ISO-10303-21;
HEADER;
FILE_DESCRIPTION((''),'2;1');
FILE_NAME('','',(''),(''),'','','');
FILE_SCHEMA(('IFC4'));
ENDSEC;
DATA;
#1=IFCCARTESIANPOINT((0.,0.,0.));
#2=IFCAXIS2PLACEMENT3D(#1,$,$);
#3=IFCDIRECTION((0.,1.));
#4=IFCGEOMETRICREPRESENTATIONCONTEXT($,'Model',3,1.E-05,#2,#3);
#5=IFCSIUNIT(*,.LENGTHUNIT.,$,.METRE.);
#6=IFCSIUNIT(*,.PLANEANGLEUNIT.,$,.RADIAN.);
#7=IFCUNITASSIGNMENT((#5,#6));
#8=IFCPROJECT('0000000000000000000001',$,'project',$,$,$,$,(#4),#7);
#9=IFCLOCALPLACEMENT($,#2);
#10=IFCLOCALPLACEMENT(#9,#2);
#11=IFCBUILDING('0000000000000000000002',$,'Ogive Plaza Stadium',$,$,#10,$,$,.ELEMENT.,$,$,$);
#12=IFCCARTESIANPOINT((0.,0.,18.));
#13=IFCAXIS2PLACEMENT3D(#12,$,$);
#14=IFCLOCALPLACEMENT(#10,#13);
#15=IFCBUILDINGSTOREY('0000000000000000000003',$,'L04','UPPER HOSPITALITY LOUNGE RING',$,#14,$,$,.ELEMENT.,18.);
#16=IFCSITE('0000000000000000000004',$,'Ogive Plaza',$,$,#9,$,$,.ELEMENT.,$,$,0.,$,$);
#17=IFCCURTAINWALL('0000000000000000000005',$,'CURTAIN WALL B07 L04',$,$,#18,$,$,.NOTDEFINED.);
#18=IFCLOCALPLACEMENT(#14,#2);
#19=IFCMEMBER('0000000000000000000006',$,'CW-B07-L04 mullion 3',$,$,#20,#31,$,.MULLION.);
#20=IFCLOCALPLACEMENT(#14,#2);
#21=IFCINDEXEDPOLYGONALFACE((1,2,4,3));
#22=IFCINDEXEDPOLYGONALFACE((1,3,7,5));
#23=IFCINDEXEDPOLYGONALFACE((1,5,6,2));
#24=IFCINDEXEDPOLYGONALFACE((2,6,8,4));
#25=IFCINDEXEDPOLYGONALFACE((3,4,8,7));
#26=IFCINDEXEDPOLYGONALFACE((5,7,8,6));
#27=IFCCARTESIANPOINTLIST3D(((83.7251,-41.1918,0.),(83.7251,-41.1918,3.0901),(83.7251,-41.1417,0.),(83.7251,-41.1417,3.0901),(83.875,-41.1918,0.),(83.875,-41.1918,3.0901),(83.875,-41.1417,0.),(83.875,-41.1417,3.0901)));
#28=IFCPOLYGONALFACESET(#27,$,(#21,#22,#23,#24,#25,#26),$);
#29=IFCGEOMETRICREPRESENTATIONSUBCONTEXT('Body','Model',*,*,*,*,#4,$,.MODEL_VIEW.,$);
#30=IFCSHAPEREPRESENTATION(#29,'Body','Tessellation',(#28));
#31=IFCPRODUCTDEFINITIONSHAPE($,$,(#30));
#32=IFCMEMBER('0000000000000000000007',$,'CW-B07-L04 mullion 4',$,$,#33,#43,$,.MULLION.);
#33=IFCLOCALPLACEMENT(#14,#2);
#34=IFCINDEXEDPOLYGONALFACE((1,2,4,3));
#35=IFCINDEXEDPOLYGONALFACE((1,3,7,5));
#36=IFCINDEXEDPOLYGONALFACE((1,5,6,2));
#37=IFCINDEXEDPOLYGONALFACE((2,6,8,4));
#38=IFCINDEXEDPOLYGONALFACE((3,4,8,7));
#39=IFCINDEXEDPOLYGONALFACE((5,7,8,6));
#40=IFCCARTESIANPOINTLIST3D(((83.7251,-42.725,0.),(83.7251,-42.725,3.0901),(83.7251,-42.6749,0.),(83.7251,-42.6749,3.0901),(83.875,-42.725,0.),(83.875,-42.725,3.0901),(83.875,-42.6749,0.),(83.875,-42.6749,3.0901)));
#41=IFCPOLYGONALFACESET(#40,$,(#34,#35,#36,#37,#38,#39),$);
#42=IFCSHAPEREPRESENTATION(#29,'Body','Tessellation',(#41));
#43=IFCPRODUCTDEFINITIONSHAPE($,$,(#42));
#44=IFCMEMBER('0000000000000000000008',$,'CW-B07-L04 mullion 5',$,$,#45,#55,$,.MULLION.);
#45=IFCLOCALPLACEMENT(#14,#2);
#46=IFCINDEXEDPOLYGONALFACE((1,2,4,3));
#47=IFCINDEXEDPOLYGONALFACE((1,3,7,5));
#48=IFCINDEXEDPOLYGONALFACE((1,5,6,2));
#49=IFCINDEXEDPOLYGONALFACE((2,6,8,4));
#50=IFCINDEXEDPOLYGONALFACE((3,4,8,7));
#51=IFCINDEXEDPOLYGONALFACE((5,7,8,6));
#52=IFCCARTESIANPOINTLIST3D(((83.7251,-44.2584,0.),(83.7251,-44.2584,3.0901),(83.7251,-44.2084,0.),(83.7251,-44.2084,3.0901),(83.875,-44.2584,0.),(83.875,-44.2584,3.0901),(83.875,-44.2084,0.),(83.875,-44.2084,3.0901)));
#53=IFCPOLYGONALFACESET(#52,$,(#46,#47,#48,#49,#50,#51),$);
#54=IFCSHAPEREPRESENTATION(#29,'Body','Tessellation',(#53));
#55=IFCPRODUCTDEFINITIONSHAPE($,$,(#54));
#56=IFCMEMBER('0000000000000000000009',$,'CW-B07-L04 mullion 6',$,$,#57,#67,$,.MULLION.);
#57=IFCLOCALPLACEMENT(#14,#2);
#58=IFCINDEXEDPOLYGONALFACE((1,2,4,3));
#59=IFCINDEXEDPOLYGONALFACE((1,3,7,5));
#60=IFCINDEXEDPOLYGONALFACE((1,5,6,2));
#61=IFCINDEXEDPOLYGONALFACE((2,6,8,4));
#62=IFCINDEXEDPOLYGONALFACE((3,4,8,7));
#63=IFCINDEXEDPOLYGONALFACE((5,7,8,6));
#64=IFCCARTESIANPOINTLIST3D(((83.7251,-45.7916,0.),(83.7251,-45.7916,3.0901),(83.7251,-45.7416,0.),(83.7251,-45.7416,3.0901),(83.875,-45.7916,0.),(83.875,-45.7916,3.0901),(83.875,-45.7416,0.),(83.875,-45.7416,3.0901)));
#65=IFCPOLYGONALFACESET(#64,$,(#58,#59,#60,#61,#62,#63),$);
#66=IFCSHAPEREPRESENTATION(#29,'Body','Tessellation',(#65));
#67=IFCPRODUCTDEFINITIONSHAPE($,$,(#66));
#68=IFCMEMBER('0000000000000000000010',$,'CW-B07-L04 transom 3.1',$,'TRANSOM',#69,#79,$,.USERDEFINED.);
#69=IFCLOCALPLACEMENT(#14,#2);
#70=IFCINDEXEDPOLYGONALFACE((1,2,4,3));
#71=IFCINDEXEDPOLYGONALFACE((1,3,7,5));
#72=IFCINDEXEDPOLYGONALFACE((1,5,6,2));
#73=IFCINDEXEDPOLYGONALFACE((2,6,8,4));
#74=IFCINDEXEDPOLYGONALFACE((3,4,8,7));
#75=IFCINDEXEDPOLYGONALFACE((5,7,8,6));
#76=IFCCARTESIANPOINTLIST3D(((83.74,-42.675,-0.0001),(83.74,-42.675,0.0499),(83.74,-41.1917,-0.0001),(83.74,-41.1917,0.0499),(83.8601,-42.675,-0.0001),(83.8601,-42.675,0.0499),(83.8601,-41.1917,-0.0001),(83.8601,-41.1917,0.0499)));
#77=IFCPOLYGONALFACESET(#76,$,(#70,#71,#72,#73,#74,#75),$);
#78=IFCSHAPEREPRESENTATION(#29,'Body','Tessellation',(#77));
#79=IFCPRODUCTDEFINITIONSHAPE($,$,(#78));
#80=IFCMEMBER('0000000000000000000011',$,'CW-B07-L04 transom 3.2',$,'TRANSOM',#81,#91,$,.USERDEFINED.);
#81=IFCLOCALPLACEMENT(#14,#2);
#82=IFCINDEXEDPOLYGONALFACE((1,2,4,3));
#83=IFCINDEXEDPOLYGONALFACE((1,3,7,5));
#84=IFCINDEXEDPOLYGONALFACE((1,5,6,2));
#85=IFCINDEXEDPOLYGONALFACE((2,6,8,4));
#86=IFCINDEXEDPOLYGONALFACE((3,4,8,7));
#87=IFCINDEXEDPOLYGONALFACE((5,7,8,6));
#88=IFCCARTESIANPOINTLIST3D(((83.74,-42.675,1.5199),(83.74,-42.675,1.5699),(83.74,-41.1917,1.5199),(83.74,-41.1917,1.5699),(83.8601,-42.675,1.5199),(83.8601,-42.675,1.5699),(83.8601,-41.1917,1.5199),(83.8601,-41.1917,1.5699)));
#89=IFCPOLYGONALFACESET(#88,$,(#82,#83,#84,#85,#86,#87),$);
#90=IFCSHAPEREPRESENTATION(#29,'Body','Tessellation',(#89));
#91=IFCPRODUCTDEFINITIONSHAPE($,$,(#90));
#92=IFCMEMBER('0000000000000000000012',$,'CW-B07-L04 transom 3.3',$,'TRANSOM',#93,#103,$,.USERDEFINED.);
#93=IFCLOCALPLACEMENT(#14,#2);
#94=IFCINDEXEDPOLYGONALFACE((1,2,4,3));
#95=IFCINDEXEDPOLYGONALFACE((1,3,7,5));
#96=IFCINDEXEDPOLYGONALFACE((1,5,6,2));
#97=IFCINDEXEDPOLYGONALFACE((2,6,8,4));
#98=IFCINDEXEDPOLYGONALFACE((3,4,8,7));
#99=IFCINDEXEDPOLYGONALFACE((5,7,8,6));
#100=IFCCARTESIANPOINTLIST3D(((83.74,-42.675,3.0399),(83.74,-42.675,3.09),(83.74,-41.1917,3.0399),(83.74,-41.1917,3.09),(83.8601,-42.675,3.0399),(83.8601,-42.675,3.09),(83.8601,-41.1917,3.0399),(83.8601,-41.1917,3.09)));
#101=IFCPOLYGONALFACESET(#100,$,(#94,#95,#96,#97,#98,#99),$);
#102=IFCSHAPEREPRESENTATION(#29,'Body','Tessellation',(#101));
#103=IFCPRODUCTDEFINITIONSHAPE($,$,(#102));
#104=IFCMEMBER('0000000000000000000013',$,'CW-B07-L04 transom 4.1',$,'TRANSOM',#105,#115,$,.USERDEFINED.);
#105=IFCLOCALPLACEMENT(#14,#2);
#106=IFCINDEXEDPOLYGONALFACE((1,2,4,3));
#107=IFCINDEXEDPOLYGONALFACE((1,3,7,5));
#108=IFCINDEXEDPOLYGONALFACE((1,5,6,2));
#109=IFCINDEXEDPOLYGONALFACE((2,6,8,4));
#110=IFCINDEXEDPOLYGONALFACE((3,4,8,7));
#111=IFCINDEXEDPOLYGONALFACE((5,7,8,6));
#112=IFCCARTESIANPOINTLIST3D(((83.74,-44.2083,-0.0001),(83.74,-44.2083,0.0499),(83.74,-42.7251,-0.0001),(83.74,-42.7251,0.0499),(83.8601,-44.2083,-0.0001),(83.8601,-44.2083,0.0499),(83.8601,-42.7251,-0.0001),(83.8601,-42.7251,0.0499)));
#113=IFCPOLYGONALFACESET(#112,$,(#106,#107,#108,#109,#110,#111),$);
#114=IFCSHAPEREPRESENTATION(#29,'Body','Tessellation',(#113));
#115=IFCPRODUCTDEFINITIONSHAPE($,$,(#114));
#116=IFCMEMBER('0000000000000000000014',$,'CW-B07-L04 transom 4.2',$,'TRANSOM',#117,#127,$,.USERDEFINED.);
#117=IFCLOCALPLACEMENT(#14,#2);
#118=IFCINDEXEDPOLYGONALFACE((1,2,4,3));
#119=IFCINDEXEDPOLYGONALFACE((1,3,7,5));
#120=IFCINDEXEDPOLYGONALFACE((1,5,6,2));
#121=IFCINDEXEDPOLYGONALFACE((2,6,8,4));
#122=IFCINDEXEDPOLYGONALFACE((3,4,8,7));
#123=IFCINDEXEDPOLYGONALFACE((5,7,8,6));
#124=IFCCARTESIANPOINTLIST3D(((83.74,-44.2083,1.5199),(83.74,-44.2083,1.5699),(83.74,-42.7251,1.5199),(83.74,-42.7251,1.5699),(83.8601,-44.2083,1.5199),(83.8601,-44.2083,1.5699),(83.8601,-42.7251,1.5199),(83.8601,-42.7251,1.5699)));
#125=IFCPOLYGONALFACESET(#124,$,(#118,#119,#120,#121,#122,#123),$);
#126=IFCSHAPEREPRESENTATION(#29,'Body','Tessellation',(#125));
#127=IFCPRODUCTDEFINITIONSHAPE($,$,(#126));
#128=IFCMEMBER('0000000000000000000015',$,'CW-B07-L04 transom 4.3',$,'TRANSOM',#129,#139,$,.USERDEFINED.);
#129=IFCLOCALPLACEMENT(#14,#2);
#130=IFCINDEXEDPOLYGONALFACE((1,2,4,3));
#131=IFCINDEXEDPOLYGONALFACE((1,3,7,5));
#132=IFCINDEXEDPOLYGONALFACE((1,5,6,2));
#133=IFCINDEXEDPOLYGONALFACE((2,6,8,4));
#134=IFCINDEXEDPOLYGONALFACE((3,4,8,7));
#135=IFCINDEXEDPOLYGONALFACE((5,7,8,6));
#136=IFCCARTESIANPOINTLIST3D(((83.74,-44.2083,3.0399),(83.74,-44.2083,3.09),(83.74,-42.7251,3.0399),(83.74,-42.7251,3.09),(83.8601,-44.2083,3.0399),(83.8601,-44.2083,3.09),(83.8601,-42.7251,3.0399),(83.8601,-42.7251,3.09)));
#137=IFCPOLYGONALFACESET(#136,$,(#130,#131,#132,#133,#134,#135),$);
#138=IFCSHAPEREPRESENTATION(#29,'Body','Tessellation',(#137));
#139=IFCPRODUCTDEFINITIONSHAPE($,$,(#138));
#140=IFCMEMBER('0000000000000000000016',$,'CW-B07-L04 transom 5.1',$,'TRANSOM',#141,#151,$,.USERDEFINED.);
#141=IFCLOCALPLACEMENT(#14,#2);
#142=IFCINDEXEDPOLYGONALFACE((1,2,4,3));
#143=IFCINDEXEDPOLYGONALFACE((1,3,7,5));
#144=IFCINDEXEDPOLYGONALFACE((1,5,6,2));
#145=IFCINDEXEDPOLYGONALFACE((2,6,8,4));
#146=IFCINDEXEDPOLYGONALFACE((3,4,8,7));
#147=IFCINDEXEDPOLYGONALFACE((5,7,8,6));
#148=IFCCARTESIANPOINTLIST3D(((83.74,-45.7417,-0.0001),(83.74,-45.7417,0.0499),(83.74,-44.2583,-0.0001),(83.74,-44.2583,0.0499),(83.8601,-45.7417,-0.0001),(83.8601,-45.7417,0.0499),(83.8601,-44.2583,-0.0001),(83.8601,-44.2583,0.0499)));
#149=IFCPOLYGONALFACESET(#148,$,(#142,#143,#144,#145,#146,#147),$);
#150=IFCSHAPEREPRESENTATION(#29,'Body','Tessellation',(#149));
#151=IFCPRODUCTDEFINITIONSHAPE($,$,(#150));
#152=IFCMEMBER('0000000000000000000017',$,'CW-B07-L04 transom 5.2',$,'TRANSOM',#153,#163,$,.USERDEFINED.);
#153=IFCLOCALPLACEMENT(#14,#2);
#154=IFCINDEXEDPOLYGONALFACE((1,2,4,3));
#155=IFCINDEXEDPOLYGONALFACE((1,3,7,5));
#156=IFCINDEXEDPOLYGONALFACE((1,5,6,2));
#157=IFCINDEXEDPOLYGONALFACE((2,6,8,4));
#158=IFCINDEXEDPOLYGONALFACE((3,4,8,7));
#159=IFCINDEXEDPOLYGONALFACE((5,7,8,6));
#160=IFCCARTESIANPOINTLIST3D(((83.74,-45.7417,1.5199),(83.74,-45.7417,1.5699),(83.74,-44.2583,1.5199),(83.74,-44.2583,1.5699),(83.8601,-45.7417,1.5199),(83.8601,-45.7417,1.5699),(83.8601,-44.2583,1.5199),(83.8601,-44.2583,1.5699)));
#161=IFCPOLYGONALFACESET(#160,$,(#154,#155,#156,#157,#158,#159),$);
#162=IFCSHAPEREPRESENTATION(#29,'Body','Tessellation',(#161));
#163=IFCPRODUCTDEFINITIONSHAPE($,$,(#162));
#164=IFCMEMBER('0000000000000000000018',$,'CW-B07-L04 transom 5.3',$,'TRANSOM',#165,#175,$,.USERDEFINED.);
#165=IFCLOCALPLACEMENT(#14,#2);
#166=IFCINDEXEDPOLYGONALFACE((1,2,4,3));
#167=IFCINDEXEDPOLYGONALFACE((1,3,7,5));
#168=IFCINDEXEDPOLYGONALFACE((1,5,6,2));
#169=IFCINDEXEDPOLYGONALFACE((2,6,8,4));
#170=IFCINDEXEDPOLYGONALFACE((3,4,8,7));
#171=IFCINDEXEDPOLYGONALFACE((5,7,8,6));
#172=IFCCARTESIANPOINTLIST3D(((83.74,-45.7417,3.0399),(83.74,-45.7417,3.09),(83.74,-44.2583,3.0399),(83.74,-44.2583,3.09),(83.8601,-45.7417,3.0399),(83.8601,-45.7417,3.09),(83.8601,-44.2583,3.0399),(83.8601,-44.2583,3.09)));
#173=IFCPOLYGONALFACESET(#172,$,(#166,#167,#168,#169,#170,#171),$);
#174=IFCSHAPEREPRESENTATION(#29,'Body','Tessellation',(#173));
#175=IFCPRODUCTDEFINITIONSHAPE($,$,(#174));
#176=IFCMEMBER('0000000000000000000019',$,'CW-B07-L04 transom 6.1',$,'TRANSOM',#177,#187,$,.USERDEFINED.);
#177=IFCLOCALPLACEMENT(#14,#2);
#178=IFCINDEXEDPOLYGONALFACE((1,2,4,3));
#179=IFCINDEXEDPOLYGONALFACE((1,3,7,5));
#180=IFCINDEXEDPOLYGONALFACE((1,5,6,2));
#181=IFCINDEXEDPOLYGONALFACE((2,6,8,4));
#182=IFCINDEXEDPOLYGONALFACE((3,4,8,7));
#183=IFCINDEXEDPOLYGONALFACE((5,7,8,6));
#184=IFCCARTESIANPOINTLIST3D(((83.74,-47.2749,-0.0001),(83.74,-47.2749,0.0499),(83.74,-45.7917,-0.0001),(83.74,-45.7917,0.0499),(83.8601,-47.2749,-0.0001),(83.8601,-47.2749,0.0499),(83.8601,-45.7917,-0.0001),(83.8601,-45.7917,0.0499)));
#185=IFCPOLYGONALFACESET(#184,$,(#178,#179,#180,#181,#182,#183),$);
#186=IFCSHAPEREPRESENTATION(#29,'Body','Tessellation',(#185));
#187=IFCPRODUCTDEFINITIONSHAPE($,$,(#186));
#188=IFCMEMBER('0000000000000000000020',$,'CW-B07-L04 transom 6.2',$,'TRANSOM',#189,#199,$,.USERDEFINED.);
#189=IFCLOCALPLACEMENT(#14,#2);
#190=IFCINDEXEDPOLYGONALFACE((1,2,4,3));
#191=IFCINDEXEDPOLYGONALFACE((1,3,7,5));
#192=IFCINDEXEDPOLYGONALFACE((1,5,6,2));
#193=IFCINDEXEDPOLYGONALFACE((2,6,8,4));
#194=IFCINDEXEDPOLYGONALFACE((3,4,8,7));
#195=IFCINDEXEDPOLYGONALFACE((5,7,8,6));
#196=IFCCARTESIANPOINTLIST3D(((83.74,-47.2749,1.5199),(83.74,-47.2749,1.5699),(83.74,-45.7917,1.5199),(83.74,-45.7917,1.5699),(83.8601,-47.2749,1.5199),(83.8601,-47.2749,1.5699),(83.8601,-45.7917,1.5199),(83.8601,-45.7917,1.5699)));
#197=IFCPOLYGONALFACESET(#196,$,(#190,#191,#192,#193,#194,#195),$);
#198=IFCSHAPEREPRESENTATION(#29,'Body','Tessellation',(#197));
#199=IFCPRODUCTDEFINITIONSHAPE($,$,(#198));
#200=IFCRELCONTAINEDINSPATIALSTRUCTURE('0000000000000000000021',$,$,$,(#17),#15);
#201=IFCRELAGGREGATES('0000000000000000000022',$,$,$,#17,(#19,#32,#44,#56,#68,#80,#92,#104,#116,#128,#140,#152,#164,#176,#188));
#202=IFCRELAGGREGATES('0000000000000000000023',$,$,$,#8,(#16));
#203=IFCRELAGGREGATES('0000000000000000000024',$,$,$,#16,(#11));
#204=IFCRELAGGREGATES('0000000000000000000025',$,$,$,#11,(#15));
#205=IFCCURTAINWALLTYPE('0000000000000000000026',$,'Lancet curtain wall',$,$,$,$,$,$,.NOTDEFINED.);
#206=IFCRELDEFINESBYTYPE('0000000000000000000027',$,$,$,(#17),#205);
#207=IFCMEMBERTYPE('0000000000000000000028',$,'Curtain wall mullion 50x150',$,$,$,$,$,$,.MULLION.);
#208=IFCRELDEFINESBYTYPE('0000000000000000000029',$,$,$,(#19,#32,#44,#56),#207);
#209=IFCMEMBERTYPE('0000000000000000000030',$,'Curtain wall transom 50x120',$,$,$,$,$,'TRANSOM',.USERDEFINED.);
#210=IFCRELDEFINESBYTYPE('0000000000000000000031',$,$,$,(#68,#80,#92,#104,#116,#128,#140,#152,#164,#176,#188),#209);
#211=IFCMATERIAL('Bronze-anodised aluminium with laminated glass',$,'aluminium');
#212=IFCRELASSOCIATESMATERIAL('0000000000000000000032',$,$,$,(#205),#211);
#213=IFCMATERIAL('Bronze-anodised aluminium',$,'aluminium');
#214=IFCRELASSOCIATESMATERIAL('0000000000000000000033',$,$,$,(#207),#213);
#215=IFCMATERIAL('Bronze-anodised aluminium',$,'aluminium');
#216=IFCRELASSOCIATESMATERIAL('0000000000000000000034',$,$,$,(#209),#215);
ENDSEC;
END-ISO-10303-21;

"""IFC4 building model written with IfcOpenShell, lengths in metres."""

from ifc_helpers import new_model, si_unit, direction, frame, origin, origin_2d, place, context, subcontext, project, spatial, rectangle, extrude, material, material_profile, profile_set, type_object, element, aggregate, save


model = new_model("IFC4")

# Units and contexts
model_context = context("Model", 3, precision=1e-05, world=origin(), true_north=direction((0.0, 1.0)))
body_context = subcontext(model_context, "Body", "Model", "MODEL_VIEW")
ifc_project = project(units=[si_unit("LENGTHUNIT", "METRE"), si_unit("PLANEANGLEUNIT", "RADIAN")], contexts=[model_context])

# Site, building, storey
site_placement = place(None, origin())
site = spatial("IfcSite", under=ifc_project, at=site_placement, Name="Ogive Plaza", CompositionType="ELEMENT", RefElevation=0.0)
building_placement = place(site_placement, origin())
building = spatial("IfcBuilding", under=site, at=building_placement, Name="Ogive Plaza Stadium", CompositionType="ELEMENT")
storey_placement = place(building_placement, frame((0.0, 0.0, 18.0)))
storey = spatial("IfcBuildingStorey", under=building, at=storey_placement, Name="L04", Description="UPPER HOSPITALITY LOUNGE RING", CompositionType="ELEMENT", Elevation=18.0)

# Curtain wall, members
ifc_material_1 = material(Name="Bronze-anodised aluminium with laminated glass", Category="aluminium")
curtain_wall_type = type_object("IfcCurtainWallType", Name="Lancet curtain wall", PredefinedType="NOTDEFINED", material=ifc_material_1)
curtain_wall_placement = place(storey_placement, origin())
curtain_wall = element("IfcCurtainWall", 1, at=curtain_wall_placement, inside=storey, type_object=curtain_wall_type, Name="CURTAIN WALL B07 L04", PredefinedType="NOTDEFINED")
ifc_material_2 = material(Name="Bronze-anodised aluminium", Category="aluminium")
ifc_material_profile_1 = material_profile(ifc_material_2, rectangle(XDim=0.1499, YDim=0.05, at=origin_2d()), Name="AL 150x50")
ifc_profile_set_1 = profile_set([ifc_material_profile_1], Name="Bronze-anodised aluminium")
member_type_1 = type_object("IfcMemberType", Name="Curtain wall mullion 50x150", PredefinedType="MULLION", material=ifc_profile_set_1)
member_1_placement = place(storey_placement, frame((83.8, -41.1667, 0.0), z_axis=(0.0, 0.0, 1.0), x_axis=(1.0, 0.0, 0.0)))
member_1 = element("IfcMember", 2, at=member_1_placement, type_object=member_type_1, Name="CW-B07-L04 mullion 3", PredefinedType="MULLION", context=body_context, shape_type="SweptSolid", body=[
    extrude(rectangle(XDim=0.1499, YDim=0.05, at=origin_2d()), origin(), (0.0, 0.0, 1.0), 3.0901),
])
member_2_placement = place(storey_placement, frame((83.8, -42.7, 0.0), z_axis=(0.0, 0.0, 1.0), x_axis=(1.0, 0.0, 0.0)))
member_2 = element("IfcMember", 3, at=member_2_placement, type_object=member_type_1, Name="CW-B07-L04 mullion 4", PredefinedType="MULLION", context=body_context, shape_type="SweptSolid", body=[
    extrude(rectangle(XDim=0.1499, YDim=0.05, at=origin_2d()), origin(), (0.0, 0.0, 1.0), 3.0901),
])
member_3_placement = place(storey_placement, frame((83.8, -44.2334, 0.0), z_axis=(0.0, 0.0, 1.0), x_axis=(1.0, 0.0, 0.0)))
member_3 = element("IfcMember", 4, at=member_3_placement, type_object=member_type_1, Name="CW-B07-L04 mullion 5", PredefinedType="MULLION", context=body_context, shape_type="SweptSolid", body=[
    extrude(rectangle(XDim=0.1499, YDim=0.05, at=origin_2d()), origin(), (0.0, 0.0, 1.0), 3.0901),
])
member_4_placement = place(storey_placement, frame((83.8, -45.7666, 0.0), z_axis=(0.0, 0.0, 1.0), x_axis=(1.0, 0.0, 0.0)))
member_4 = element("IfcMember", 5, at=member_4_placement, type_object=member_type_1, Name="CW-B07-L04 mullion 6", PredefinedType="MULLION", context=body_context, shape_type="SweptSolid", body=[
    extrude(rectangle(XDim=0.1499, YDim=0.05, at=origin_2d()), origin(), (0.0, 0.0, 1.0), 3.0901),
])
ifc_material_3 = material(Name="Bronze-anodised aluminium", Category="aluminium")
ifc_material_profile_2 = material_profile(ifc_material_3, rectangle(XDim=0.1201, YDim=0.05, at=origin_2d()), Name="AL 120x50")
ifc_profile_set_2 = profile_set([ifc_material_profile_2], Name="Bronze-anodised aluminium")
member_type_2 = type_object("IfcMemberType", Name="Curtain wall transom 50x120", ElementType="TRANSOM", PredefinedType="USERDEFINED", material=ifc_profile_set_2)
member_5_placement = place(storey_placement, frame((83.8, -41.1917, 0.0249), z_axis=(0.0, -1.0, 0.0), x_axis=(1.0, 0.0, 0.0)))
member_5 = element("IfcMember", 6, at=member_5_placement, type_object=member_type_2, Name="CW-B07-L04 transom 3.1", ObjectType="TRANSOM", PredefinedType="USERDEFINED", context=body_context, shape_type="SweptSolid", body=[
    extrude(rectangle(XDim=0.1201, YDim=0.05, at=origin_2d()), origin(), (0.0, 0.0, 1.0), 1.4834),
])
member_6_placement = place(storey_placement, frame((83.8, -41.1917, 1.5449), z_axis=(0.0, -1.0, 0.0), x_axis=(1.0, 0.0, 0.0)))
member_6 = element("IfcMember", 7, at=member_6_placement, type_object=member_type_2, Name="CW-B07-L04 transom 3.2", ObjectType="TRANSOM", PredefinedType="USERDEFINED", context=body_context, shape_type="SweptSolid", body=[
    extrude(rectangle(XDim=0.1201, YDim=0.05, at=origin_2d()), origin(), (0.0, 0.0, 1.0), 1.4834),
])
member_7_placement = place(storey_placement, frame((83.8, -41.1917, 3.0649), z_axis=(0.0, -1.0, 0.0), x_axis=(1.0, 0.0, 0.0)))
member_7 = element("IfcMember", 8, at=member_7_placement, type_object=member_type_2, Name="CW-B07-L04 transom 3.3", ObjectType="TRANSOM", PredefinedType="USERDEFINED", context=body_context, shape_type="SweptSolid", body=[
    extrude(rectangle(XDim=0.1201, YDim=0.05, at=origin_2d()), origin(), (0.0, 0.0, 1.0), 1.4834),
])
member_8_placement = place(storey_placement, frame((83.8, -42.7251, 0.0249), z_axis=(0.0, -1.0, 0.0), x_axis=(1.0, 0.0, 0.0)))
member_8 = element("IfcMember", 9, at=member_8_placement, type_object=member_type_2, Name="CW-B07-L04 transom 4.1", ObjectType="TRANSOM", PredefinedType="USERDEFINED", context=body_context, shape_type="SweptSolid", body=[
    extrude(rectangle(XDim=0.1201, YDim=0.05, at=origin_2d()), origin(), (0.0, 0.0, 1.0), 1.4832),
])
member_9_placement = place(storey_placement, frame((83.8, -42.7251, 1.5449), z_axis=(0.0, -1.0, 0.0), x_axis=(1.0, 0.0, 0.0)))
member_9 = element("IfcMember", 10, at=member_9_placement, type_object=member_type_2, Name="CW-B07-L04 transom 4.2", ObjectType="TRANSOM", PredefinedType="USERDEFINED", context=body_context, shape_type="SweptSolid", body=[
    extrude(rectangle(XDim=0.1201, YDim=0.05, at=origin_2d()), origin(), (0.0, 0.0, 1.0), 1.4832),
])
member_10_placement = place(storey_placement, frame((83.8, -42.7251, 3.0649), z_axis=(0.0, -1.0, 0.0), x_axis=(1.0, 0.0, 0.0)))
member_10 = element("IfcMember", 11, at=member_10_placement, type_object=member_type_2, Name="CW-B07-L04 transom 4.3", ObjectType="TRANSOM", PredefinedType="USERDEFINED", context=body_context, shape_type="SweptSolid", body=[
    extrude(rectangle(XDim=0.1201, YDim=0.05, at=origin_2d()), origin(), (0.0, 0.0, 1.0), 1.4832),
])
member_11_placement = place(storey_placement, frame((83.8, -44.2583, 0.0249), z_axis=(0.0, -1.0, 0.0), x_axis=(1.0, 0.0, 0.0)))
member_11 = element("IfcMember", 12, at=member_11_placement, type_object=member_type_2, Name="CW-B07-L04 transom 5.1", ObjectType="TRANSOM", PredefinedType="USERDEFINED", context=body_context, shape_type="SweptSolid", body=[
    extrude(rectangle(XDim=0.1201, YDim=0.05, at=origin_2d()), origin(), (0.0, 0.0, 1.0), 1.4834),
])
member_12_placement = place(storey_placement, frame((83.8, -44.2583, 1.5449), z_axis=(0.0, -1.0, 0.0), x_axis=(1.0, 0.0, 0.0)))
member_12 = element("IfcMember", 13, at=member_12_placement, type_object=member_type_2, Name="CW-B07-L04 transom 5.2", ObjectType="TRANSOM", PredefinedType="USERDEFINED", context=body_context, shape_type="SweptSolid", body=[
    extrude(rectangle(XDim=0.1201, YDim=0.05, at=origin_2d()), origin(), (0.0, 0.0, 1.0), 1.4834),
])
member_13_placement = place(storey_placement, frame((83.8, -44.2583, 3.0649), z_axis=(0.0, -1.0, 0.0), x_axis=(1.0, 0.0, 0.0)))
member_13 = element("IfcMember", 14, at=member_13_placement, type_object=member_type_2, Name="CW-B07-L04 transom 5.3", ObjectType="TRANSOM", PredefinedType="USERDEFINED", context=body_context, shape_type="SweptSolid", body=[
    extrude(rectangle(XDim=0.1201, YDim=0.05, at=origin_2d()), origin(), (0.0, 0.0, 1.0), 1.4834),
])
member_14_placement = place(storey_placement, frame((83.8, -45.7917, 0.0249), z_axis=(0.0, -1.0, 0.0), x_axis=(1.0, 0.0, 0.0)))
member_14 = element("IfcMember", 15, at=member_14_placement, type_object=member_type_2, Name="CW-B07-L04 transom 6.1", ObjectType="TRANSOM", PredefinedType="USERDEFINED", context=body_context, shape_type="SweptSolid", body=[
    extrude(rectangle(XDim=0.1201, YDim=0.05, at=origin_2d()), origin(), (0.0, 0.0, 1.0), 1.4832),
])
member_15_placement = place(storey_placement, frame((83.8, -45.7917, 1.5449), z_axis=(0.0, -1.0, 0.0), x_axis=(1.0, 0.0, 0.0)))
member_15 = element("IfcMember", 16, at=member_15_placement, type_object=member_type_2, Name="CW-B07-L04 transom 6.2", ObjectType="TRANSOM", PredefinedType="USERDEFINED", context=body_context, shape_type="SweptSolid", body=[
    extrude(rectangle(XDim=0.1201, YDim=0.05, at=origin_2d()), origin(), (0.0, 0.0, 1.0), 1.4832),
])
aggregate(curtain_wall, [member_1, member_2, member_3, member_4, member_5, member_6, member_7, member_8, member_9, member_10, member_11, member_12, member_13, member_14, member_15])

save(model, "model.ifc")
